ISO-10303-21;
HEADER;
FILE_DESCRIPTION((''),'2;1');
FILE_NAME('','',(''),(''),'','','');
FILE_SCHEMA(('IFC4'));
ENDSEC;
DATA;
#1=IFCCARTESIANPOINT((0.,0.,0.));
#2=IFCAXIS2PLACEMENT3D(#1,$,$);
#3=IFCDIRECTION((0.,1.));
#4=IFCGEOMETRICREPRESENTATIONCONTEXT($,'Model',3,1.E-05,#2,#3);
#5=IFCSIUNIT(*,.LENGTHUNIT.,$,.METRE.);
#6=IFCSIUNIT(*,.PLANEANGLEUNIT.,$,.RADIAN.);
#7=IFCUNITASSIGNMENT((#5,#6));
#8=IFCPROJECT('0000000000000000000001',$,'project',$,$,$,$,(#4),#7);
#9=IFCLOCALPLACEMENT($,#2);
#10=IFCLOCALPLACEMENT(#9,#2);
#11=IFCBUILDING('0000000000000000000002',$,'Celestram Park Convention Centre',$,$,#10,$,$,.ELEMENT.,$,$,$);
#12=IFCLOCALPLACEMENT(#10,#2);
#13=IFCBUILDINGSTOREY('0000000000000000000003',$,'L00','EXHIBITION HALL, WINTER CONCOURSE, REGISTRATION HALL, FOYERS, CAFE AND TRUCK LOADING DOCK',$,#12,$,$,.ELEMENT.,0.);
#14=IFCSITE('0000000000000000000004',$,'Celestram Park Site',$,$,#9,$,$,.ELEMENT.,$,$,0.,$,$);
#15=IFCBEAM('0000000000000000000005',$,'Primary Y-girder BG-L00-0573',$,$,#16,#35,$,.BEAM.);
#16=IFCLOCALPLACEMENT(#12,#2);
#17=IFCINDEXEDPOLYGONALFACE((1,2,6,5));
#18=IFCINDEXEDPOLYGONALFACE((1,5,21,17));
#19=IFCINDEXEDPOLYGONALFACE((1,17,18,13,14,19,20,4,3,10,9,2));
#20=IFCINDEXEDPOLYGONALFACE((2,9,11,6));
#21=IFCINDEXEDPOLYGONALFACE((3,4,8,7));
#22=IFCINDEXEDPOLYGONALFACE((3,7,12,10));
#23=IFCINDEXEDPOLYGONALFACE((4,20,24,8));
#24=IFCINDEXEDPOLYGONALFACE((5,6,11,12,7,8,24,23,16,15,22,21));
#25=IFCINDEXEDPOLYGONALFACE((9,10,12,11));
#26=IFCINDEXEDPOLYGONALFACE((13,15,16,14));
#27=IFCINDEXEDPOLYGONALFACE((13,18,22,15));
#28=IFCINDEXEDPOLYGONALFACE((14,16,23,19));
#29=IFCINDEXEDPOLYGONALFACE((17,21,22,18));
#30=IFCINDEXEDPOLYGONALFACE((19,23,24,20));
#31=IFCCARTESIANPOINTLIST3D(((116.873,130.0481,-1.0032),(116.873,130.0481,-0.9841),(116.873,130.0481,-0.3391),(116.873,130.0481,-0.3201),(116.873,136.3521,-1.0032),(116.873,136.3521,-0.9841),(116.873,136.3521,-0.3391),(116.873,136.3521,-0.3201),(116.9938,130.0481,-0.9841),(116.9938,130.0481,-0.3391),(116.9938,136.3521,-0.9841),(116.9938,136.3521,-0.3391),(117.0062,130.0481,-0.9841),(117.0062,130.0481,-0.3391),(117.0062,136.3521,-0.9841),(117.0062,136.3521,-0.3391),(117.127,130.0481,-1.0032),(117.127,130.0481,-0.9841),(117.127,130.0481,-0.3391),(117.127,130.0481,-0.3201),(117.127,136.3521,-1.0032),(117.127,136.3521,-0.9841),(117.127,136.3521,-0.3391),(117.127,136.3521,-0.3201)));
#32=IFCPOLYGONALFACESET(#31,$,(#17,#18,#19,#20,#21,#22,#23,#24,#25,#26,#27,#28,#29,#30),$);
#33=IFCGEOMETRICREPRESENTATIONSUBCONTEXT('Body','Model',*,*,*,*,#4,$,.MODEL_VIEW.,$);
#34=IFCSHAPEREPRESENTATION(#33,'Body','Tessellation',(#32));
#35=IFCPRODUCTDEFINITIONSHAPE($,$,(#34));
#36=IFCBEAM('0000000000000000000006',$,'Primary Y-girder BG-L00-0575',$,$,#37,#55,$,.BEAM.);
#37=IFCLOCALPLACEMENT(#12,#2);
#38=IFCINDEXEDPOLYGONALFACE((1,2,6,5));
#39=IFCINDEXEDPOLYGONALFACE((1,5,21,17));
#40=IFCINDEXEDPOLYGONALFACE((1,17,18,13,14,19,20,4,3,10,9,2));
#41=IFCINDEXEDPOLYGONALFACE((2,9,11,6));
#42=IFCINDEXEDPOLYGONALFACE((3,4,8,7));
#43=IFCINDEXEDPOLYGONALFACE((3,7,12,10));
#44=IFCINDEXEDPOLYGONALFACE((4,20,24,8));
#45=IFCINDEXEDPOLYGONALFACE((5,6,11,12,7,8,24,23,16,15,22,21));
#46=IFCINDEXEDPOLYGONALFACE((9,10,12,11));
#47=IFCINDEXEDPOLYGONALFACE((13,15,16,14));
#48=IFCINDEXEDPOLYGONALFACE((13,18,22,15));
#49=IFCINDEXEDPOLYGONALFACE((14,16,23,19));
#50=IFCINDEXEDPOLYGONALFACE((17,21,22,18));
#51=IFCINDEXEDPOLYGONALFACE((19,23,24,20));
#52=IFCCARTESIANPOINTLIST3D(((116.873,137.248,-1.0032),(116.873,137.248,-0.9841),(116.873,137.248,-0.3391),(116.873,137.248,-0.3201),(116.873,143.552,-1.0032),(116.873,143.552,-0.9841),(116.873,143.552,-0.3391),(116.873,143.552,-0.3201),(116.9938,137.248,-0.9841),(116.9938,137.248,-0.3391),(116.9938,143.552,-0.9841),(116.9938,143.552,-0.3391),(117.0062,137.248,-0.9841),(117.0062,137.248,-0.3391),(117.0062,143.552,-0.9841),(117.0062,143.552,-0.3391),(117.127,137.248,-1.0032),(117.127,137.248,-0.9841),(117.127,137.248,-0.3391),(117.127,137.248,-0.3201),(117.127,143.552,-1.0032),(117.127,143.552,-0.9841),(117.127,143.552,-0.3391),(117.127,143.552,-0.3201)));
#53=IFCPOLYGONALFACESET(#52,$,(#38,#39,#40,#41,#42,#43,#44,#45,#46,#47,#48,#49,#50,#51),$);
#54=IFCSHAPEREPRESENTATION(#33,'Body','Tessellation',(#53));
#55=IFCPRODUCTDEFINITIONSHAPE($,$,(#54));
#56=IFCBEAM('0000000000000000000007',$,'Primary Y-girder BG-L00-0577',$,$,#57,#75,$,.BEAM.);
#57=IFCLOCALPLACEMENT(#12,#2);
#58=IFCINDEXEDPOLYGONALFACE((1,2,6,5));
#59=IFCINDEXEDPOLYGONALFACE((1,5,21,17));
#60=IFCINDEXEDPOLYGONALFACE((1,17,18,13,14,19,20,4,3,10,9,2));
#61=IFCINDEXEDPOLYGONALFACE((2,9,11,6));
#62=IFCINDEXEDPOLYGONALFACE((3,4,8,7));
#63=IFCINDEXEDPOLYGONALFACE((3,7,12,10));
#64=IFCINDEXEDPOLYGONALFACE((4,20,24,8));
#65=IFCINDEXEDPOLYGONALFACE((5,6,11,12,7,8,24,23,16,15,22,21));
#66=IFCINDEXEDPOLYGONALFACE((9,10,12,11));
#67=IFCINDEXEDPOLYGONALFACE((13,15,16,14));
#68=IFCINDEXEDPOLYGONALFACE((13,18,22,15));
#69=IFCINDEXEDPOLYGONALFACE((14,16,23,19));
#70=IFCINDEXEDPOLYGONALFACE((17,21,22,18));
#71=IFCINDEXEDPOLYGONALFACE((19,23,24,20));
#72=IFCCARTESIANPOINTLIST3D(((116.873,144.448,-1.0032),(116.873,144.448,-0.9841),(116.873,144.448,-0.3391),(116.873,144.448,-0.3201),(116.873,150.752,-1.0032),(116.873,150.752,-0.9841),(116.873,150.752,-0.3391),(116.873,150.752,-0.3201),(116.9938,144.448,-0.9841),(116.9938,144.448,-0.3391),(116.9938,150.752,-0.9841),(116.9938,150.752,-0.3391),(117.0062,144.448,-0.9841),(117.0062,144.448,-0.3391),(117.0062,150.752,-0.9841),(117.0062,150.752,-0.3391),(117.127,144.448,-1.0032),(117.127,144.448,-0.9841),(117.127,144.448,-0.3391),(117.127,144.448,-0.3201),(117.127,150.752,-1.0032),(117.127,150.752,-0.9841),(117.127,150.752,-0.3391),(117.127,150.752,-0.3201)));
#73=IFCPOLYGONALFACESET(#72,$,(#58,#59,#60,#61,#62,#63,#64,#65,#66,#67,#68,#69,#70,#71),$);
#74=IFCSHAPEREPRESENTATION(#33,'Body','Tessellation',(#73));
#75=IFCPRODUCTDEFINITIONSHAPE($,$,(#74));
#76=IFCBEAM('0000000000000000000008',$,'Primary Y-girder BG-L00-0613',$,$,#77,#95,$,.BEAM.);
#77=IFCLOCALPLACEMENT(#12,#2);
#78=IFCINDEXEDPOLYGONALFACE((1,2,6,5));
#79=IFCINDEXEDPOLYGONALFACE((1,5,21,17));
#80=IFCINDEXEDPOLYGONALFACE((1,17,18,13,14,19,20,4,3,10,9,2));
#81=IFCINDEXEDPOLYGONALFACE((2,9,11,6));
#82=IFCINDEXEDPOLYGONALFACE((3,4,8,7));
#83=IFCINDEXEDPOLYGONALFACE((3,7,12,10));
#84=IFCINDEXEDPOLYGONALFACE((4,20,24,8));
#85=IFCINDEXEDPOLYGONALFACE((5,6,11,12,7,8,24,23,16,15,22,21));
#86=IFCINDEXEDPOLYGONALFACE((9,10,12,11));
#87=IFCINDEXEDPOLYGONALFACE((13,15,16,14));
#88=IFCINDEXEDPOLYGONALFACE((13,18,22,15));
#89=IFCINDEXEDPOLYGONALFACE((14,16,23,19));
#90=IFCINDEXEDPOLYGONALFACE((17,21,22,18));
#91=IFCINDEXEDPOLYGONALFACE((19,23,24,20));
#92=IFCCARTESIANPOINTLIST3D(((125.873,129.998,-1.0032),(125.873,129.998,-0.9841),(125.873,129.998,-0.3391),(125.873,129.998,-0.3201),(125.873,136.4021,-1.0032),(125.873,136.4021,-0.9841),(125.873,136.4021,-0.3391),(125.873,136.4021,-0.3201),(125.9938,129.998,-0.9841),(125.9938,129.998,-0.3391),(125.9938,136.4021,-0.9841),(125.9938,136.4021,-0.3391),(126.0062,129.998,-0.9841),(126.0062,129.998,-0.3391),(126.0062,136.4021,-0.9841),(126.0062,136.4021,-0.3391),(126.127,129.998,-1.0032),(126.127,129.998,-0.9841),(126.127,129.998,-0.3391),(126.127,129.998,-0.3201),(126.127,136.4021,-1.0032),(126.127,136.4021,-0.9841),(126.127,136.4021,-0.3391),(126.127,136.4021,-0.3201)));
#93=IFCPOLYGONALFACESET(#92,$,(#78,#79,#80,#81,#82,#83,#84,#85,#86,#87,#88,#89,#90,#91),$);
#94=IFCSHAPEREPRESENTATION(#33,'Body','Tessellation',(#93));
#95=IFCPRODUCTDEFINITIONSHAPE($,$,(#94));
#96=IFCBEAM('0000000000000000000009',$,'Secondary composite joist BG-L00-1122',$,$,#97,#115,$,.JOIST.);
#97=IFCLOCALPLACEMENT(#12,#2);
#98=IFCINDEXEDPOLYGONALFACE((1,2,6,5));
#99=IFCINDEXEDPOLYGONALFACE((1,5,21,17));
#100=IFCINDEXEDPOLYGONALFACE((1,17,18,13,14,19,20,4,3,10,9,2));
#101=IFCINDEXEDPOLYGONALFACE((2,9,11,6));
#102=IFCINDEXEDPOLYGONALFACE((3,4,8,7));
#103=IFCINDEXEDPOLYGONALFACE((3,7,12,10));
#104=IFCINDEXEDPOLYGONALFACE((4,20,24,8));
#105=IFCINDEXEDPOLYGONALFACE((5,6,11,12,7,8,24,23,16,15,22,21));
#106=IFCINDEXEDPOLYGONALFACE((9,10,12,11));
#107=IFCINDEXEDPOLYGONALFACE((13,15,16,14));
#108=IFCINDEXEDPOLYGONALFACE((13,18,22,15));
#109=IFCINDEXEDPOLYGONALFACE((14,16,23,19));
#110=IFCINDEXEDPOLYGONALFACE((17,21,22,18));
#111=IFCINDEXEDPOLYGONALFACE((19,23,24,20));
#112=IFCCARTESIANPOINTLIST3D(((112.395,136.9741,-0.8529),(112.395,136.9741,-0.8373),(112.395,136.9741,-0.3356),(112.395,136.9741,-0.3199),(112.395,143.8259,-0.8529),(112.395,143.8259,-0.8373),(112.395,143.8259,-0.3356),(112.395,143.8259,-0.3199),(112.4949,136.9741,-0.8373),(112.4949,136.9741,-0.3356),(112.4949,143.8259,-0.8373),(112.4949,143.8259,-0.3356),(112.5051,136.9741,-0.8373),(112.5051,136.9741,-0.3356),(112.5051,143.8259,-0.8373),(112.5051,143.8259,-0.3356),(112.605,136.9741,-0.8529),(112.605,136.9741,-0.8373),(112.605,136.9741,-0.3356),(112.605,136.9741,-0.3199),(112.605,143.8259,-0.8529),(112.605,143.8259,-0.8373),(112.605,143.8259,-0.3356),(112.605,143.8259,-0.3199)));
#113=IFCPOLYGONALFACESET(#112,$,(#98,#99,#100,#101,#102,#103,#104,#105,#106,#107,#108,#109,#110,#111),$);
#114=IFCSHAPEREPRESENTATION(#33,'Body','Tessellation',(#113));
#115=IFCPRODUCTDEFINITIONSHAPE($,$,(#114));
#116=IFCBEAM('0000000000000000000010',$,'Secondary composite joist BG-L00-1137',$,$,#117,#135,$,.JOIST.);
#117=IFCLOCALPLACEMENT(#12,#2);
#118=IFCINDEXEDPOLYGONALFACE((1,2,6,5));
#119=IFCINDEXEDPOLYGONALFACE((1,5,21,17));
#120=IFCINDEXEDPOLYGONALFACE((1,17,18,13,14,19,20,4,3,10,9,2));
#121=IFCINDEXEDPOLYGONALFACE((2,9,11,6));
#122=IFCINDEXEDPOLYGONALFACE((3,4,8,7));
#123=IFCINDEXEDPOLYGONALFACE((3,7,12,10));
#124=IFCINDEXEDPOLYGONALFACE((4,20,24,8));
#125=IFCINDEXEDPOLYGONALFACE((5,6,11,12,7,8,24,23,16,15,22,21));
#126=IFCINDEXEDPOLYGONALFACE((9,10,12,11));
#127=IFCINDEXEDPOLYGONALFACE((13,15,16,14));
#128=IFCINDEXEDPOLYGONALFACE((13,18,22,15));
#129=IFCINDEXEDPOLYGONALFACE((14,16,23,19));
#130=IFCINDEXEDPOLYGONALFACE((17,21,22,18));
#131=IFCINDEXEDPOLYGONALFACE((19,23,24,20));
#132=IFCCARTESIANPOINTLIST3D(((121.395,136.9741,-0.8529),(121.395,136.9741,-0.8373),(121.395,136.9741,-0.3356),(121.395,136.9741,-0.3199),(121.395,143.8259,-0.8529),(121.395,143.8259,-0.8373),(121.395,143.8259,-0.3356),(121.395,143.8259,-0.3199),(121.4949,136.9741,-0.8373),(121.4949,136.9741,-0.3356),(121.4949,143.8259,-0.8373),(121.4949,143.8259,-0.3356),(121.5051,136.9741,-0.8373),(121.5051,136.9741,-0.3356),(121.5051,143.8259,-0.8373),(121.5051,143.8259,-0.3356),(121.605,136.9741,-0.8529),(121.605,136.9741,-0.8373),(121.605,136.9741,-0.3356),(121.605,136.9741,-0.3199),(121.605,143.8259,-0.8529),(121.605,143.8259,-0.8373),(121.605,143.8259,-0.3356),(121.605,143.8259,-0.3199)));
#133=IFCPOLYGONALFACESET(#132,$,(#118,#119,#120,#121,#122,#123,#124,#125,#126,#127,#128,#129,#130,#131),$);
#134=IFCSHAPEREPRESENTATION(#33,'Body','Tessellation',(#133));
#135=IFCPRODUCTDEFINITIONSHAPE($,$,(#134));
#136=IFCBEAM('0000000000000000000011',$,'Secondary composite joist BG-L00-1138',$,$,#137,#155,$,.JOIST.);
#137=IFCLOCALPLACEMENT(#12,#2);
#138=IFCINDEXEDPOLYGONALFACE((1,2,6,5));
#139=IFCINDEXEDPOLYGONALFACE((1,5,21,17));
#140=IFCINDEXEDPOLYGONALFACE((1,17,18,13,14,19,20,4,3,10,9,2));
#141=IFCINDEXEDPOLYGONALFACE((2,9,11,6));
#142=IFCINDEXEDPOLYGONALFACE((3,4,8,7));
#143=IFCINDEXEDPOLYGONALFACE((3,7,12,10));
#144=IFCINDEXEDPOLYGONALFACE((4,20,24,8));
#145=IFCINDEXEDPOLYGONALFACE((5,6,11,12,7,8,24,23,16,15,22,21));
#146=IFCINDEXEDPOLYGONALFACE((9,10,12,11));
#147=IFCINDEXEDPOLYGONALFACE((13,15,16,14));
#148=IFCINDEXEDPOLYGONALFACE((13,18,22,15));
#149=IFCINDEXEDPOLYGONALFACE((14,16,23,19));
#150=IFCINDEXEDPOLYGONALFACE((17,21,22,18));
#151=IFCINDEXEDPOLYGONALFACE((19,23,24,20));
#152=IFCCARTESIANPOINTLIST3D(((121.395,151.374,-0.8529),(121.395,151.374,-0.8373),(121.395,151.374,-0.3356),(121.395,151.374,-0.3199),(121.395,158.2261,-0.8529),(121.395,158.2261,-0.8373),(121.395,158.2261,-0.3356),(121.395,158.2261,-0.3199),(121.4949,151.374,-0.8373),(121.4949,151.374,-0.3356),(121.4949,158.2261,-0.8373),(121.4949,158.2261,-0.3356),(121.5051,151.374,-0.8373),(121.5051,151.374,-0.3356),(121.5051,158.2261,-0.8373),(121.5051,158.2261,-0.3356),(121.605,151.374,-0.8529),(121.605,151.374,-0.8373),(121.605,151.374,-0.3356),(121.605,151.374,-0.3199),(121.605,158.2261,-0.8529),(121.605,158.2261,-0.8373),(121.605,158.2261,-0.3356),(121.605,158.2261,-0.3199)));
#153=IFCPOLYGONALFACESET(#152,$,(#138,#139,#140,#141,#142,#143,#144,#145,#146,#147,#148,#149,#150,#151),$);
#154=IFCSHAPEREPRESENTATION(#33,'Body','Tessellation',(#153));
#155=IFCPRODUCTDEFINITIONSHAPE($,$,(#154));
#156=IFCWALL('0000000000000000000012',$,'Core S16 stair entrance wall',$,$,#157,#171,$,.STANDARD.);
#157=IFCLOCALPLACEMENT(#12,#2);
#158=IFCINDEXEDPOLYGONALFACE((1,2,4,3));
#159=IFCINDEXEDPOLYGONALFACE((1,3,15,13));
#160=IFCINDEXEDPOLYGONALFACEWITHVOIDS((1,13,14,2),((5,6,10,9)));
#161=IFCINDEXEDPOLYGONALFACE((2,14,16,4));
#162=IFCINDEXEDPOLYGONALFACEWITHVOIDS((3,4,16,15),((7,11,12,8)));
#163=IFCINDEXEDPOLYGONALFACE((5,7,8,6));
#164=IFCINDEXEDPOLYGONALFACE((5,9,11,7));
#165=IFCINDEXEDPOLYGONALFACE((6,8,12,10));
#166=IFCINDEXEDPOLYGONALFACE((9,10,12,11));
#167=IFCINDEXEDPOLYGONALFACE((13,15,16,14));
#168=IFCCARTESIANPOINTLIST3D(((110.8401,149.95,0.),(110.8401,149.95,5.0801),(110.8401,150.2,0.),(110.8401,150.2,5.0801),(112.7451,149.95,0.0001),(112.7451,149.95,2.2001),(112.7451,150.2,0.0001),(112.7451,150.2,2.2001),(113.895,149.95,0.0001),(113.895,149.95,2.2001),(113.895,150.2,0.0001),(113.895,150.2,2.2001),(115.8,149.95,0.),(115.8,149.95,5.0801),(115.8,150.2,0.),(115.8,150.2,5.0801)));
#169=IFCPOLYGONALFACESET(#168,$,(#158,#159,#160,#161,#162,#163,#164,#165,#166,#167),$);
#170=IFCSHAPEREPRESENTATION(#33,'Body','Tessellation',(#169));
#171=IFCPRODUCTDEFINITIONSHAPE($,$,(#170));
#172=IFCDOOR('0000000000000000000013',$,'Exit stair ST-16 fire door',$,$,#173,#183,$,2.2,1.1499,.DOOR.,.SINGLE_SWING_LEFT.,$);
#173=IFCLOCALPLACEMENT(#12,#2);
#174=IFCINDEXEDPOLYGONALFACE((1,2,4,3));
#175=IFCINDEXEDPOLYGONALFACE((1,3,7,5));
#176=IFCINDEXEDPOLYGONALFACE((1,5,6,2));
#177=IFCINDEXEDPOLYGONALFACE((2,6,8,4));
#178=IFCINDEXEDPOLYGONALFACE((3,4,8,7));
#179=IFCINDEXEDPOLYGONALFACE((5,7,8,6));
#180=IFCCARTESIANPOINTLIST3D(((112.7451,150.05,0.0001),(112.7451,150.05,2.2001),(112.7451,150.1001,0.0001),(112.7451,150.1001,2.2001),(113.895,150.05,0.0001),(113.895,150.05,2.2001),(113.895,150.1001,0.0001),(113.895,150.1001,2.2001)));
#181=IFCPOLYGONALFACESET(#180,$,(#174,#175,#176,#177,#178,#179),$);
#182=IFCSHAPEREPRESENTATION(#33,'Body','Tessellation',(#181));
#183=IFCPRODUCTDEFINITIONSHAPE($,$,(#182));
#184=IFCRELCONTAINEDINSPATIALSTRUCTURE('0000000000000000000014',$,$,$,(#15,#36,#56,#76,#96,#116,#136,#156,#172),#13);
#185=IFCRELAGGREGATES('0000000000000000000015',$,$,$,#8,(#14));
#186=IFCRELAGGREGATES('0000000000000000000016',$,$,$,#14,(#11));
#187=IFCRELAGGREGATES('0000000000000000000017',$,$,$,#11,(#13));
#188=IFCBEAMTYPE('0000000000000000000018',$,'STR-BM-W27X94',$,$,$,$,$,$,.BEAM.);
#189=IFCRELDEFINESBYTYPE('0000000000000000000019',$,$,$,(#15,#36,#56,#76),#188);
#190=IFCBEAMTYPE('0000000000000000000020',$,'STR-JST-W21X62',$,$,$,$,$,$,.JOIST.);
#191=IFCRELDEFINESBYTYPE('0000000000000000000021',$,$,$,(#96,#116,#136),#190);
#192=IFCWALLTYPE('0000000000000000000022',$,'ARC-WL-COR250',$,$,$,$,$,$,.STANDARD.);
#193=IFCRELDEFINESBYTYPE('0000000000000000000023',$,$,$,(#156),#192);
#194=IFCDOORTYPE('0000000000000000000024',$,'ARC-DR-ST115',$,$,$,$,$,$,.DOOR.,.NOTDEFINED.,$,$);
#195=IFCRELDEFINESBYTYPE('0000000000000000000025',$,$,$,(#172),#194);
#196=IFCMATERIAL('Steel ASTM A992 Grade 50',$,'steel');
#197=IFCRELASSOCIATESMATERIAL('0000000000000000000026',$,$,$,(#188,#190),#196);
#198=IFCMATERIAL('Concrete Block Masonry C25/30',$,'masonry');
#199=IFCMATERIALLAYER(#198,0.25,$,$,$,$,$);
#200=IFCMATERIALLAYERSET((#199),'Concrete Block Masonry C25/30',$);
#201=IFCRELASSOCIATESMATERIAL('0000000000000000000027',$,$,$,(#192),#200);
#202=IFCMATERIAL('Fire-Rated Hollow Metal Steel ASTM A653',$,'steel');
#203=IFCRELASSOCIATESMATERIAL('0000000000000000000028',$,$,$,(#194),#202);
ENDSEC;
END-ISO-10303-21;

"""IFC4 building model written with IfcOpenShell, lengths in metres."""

from ifc_helpers import new_model, si_unit, direction, frame, frame_2d, origin, origin_2d, place, context, subcontext, project, spatial, rectangle, i_section, extrude, material, layer, layer_set, material_profile, profile_set, type_object, element, fill, save


model = new_model("IFC4")

# Units and contexts
model_context = context("Model", 3, precision=1e-05, world=origin(), true_north=direction((0.0, 1.0)))
body_context = subcontext(model_context, "Body", "Model", "MODEL_VIEW")
ifc_project = project(units=[si_unit("LENGTHUNIT", "METRE"), si_unit("PLANEANGLEUNIT", "RADIAN")], contexts=[model_context])

# Site, building, storey
site_placement = place(None, origin())
site = spatial("IfcSite", under=ifc_project, at=site_placement, Name="Celestram Park Site", CompositionType="ELEMENT", RefElevation=0.0)
building_placement = place(site_placement, origin())
building = spatial("IfcBuilding", under=site, at=building_placement, Name="Celestram Park Convention Centre", CompositionType="ELEMENT")
storey_placement = place(building_placement, origin())
storey = spatial("IfcBuildingStorey", under=building, at=storey_placement, Name="L00", Description="EXHIBITION HALL, WINTER CONCOURSE, REGISTRATION HALL, FOYERS, CAFE AND TRUCK LOADING DOCK", CompositionType="ELEMENT", Elevation=0.0)

# Beams
ifc_material_1 = material(Name="Steel ASTM A992 Grade 50", Category="steel")
ifc_material_profile_1 = material_profile(ifc_material_1, i_section(OverallWidth=0.2539, OverallDepth=0.6831, WebThickness=0.0125, FlangeThickness=0.019, at=origin_2d()), Name="W27X94")
ifc_profile_set_1 = profile_set([ifc_material_profile_1], Name="Steel ASTM A992 Grade 50")
beam_type_1 = type_object("IfcBeamType", Name="STR-BM-W27X94", PredefinedType="BEAM", material=ifc_profile_set_1)
for number, where, z_axis, x_axis, name in (
    (1, (117.0, 130.0481, -0.6616), (0.0, 1.0, 0.0), (-1.0, 0.0, 0.0), "Primary Y-girder BG-L00-0573"),
    (2, (117.0, 137.248, -0.6616), (0.0, 1.0, 0.0), (-1.0, 0.0, 0.0), "Primary Y-girder BG-L00-0575"),
    (3, (117.0, 144.448, -0.6616), (0.0, 1.0, 0.0), (-1.0, 0.0, 0.0), "Primary Y-girder BG-L00-0577"),
):
    element("IfcBeam", number, at=place(storey_placement, frame(where, z_axis=z_axis, x_axis=x_axis)), inside=storey, type_object=beam_type_1, Name=name, PredefinedType="BEAM", context=body_context, shape_type="SweptSolid", body=[
        extrude(i_section(OverallWidth=0.2539, OverallDepth=0.6831, WebThickness=0.0125, FlangeThickness=0.019, at=origin_2d()), origin(), (0.0, 0.0, 1.0), 6.304),
    ])
beam_1_placement = place(storey_placement, frame((126.0, 129.998, -0.6616), z_axis=(0.0, 1.0, 0.0), x_axis=(-1.0, 0.0, 0.0)))
element("IfcBeam", 4, at=beam_1_placement, inside=storey, type_object=beam_type_1, Name="Primary Y-girder BG-L00-0613", PredefinedType="BEAM", context=body_context, shape_type="SweptSolid", body=[
    extrude(i_section(OverallWidth=0.2539, OverallDepth=0.6831, WebThickness=0.0125, FlangeThickness=0.019, at=origin_2d()), origin(), (0.0, 0.0, 1.0), 6.4041),
])
ifc_material_profile_2 = material_profile(ifc_material_1, i_section(OverallWidth=0.21, OverallDepth=0.533, WebThickness=0.0103, FlangeThickness=0.0156, at=origin_2d()), Name="W21X62")
ifc_profile_set_2 = profile_set([ifc_material_profile_2], Name="Steel ASTM A992 Grade 50")
beam_type_2 = type_object("IfcBeamType", Name="STR-JST-W21X62", PredefinedType="JOIST", material=ifc_profile_set_2)
for number, where, z_axis, x_axis, name in (
    (5, (112.5, 136.9741, -0.5864), (0.0, 1.0, 0.0), (-1.0, 0.0, 0.0), "Secondary composite joist BG-L00-1122"),
    (6, (121.5, 136.9741, -0.5864), (0.0, 1.0, 0.0), (-1.0, 0.0, 0.0), "Secondary composite joist BG-L00-1137"),
):
    element("IfcBeam", number, at=place(storey_placement, frame(where, z_axis=z_axis, x_axis=x_axis)), inside=storey, type_object=beam_type_2, Name=name, PredefinedType="JOIST", context=body_context, shape_type="SweptSolid", body=[
        extrude(i_section(OverallWidth=0.21, OverallDepth=0.533, WebThickness=0.0103, FlangeThickness=0.0156, at=origin_2d()), origin(), (0.0, 0.0, 1.0), 6.8518),
    ])
beam_2_placement = place(storey_placement, frame((121.5, 151.374, -0.5864), z_axis=(0.0, 1.0, 0.0), x_axis=(-1.0, 0.0, 0.0)))
element("IfcBeam", 7, at=beam_2_placement, inside=storey, type_object=beam_type_2, Name="Secondary composite joist BG-L00-1138", PredefinedType="JOIST", context=body_context, shape_type="SweptSolid", body=[
    extrude(i_section(OverallWidth=0.21, OverallDepth=0.533, WebThickness=0.0103, FlangeThickness=0.0156, at=origin_2d()), origin(), (0.0, 0.0, 1.0), 6.8521),
])

# Wall, opening, door
ifc_material_2 = material(Name="Concrete Block Masonry C25/30", Category="masonry")
ifc_layer_1 = layer(ifc_material_2, 0.25)
ifc_layer_set_1 = layer_set([ifc_layer_1], Name="Concrete Block Masonry C25/30")
wall_type_1 = type_object("IfcWallType", Name="ARC-WL-COR250", PredefinedType="STANDARD", material=ifc_layer_set_1)
wall_1_placement = place(storey_placement, frame((115.8, 150.075, 0.0), z_axis=(0.0, 0.0, 1.0), x_axis=(-1.0, 0.0, 0.0)))
wall_1 = element("IfcWall", 8, at=wall_1_placement, inside=storey, type_object=wall_type_1, Name="Core S16 stair entrance wall", PredefinedType="STANDARD", context=body_context, shape_type="SweptSolid", body=[
    extrude(rectangle(XDim=4.96, YDim=0.25, at=frame_2d((2.48, 0.0))), origin(), (0.0, 0.0, 1.0), 5.0801),
])
opening_1_placement = place(wall_1_placement, frame((1.905, 0.0, 0.0)))
opening_1 = element("IfcOpeningElement", 9, at=opening_1_placement, cuts=wall_1, PredefinedType="OPENING", context=body_context, shape_type="SweptSolid", body=[
    extrude(rectangle(XDim=1.1499, YDim=2.2, at=frame_2d((0.575, 1.1001))), frame((0.0, 0.135, 0.0), z_axis=(0.0, -1.0, 0.0), x_axis=(1.0, 0.0, 0.0)), (0.0, 0.0, 1.0), 0.27),
])
ifc_material_3 = material(Name="Fire-Rated Hollow Metal Steel ASTM A653", Category="steel")
door_type_1 = type_object("IfcDoorType", Name="ARC-DR-ST115", OperationType="NOTDEFINED", PredefinedType="DOOR", material=ifc_material_3)
door_1_placement = place(opening_1_placement, origin())
door_1 = element("IfcDoor", 10, at=door_1_placement, inside=storey, type_object=door_type_1, Name="Exit stair ST-16 fire door", OperationType="SINGLE_SWING_LEFT", OverallHeight=2.2, OverallWidth=1.1499, PredefinedType="DOOR", context=body_context, shape_type="SweptSolid", body=[
    extrude(rectangle(XDim=1.1499, YDim=2.2, at=frame_2d((0.575, 1.1001))), frame((0.0, 0.0249, 0.0), z_axis=(0.0, -1.0, 0.0), x_axis=(1.0, 0.0, 0.0)), (0.0, 0.0, 1.0), 0.05),
])
fill(opening_1, door_1)

save(model, "model.ifc")
